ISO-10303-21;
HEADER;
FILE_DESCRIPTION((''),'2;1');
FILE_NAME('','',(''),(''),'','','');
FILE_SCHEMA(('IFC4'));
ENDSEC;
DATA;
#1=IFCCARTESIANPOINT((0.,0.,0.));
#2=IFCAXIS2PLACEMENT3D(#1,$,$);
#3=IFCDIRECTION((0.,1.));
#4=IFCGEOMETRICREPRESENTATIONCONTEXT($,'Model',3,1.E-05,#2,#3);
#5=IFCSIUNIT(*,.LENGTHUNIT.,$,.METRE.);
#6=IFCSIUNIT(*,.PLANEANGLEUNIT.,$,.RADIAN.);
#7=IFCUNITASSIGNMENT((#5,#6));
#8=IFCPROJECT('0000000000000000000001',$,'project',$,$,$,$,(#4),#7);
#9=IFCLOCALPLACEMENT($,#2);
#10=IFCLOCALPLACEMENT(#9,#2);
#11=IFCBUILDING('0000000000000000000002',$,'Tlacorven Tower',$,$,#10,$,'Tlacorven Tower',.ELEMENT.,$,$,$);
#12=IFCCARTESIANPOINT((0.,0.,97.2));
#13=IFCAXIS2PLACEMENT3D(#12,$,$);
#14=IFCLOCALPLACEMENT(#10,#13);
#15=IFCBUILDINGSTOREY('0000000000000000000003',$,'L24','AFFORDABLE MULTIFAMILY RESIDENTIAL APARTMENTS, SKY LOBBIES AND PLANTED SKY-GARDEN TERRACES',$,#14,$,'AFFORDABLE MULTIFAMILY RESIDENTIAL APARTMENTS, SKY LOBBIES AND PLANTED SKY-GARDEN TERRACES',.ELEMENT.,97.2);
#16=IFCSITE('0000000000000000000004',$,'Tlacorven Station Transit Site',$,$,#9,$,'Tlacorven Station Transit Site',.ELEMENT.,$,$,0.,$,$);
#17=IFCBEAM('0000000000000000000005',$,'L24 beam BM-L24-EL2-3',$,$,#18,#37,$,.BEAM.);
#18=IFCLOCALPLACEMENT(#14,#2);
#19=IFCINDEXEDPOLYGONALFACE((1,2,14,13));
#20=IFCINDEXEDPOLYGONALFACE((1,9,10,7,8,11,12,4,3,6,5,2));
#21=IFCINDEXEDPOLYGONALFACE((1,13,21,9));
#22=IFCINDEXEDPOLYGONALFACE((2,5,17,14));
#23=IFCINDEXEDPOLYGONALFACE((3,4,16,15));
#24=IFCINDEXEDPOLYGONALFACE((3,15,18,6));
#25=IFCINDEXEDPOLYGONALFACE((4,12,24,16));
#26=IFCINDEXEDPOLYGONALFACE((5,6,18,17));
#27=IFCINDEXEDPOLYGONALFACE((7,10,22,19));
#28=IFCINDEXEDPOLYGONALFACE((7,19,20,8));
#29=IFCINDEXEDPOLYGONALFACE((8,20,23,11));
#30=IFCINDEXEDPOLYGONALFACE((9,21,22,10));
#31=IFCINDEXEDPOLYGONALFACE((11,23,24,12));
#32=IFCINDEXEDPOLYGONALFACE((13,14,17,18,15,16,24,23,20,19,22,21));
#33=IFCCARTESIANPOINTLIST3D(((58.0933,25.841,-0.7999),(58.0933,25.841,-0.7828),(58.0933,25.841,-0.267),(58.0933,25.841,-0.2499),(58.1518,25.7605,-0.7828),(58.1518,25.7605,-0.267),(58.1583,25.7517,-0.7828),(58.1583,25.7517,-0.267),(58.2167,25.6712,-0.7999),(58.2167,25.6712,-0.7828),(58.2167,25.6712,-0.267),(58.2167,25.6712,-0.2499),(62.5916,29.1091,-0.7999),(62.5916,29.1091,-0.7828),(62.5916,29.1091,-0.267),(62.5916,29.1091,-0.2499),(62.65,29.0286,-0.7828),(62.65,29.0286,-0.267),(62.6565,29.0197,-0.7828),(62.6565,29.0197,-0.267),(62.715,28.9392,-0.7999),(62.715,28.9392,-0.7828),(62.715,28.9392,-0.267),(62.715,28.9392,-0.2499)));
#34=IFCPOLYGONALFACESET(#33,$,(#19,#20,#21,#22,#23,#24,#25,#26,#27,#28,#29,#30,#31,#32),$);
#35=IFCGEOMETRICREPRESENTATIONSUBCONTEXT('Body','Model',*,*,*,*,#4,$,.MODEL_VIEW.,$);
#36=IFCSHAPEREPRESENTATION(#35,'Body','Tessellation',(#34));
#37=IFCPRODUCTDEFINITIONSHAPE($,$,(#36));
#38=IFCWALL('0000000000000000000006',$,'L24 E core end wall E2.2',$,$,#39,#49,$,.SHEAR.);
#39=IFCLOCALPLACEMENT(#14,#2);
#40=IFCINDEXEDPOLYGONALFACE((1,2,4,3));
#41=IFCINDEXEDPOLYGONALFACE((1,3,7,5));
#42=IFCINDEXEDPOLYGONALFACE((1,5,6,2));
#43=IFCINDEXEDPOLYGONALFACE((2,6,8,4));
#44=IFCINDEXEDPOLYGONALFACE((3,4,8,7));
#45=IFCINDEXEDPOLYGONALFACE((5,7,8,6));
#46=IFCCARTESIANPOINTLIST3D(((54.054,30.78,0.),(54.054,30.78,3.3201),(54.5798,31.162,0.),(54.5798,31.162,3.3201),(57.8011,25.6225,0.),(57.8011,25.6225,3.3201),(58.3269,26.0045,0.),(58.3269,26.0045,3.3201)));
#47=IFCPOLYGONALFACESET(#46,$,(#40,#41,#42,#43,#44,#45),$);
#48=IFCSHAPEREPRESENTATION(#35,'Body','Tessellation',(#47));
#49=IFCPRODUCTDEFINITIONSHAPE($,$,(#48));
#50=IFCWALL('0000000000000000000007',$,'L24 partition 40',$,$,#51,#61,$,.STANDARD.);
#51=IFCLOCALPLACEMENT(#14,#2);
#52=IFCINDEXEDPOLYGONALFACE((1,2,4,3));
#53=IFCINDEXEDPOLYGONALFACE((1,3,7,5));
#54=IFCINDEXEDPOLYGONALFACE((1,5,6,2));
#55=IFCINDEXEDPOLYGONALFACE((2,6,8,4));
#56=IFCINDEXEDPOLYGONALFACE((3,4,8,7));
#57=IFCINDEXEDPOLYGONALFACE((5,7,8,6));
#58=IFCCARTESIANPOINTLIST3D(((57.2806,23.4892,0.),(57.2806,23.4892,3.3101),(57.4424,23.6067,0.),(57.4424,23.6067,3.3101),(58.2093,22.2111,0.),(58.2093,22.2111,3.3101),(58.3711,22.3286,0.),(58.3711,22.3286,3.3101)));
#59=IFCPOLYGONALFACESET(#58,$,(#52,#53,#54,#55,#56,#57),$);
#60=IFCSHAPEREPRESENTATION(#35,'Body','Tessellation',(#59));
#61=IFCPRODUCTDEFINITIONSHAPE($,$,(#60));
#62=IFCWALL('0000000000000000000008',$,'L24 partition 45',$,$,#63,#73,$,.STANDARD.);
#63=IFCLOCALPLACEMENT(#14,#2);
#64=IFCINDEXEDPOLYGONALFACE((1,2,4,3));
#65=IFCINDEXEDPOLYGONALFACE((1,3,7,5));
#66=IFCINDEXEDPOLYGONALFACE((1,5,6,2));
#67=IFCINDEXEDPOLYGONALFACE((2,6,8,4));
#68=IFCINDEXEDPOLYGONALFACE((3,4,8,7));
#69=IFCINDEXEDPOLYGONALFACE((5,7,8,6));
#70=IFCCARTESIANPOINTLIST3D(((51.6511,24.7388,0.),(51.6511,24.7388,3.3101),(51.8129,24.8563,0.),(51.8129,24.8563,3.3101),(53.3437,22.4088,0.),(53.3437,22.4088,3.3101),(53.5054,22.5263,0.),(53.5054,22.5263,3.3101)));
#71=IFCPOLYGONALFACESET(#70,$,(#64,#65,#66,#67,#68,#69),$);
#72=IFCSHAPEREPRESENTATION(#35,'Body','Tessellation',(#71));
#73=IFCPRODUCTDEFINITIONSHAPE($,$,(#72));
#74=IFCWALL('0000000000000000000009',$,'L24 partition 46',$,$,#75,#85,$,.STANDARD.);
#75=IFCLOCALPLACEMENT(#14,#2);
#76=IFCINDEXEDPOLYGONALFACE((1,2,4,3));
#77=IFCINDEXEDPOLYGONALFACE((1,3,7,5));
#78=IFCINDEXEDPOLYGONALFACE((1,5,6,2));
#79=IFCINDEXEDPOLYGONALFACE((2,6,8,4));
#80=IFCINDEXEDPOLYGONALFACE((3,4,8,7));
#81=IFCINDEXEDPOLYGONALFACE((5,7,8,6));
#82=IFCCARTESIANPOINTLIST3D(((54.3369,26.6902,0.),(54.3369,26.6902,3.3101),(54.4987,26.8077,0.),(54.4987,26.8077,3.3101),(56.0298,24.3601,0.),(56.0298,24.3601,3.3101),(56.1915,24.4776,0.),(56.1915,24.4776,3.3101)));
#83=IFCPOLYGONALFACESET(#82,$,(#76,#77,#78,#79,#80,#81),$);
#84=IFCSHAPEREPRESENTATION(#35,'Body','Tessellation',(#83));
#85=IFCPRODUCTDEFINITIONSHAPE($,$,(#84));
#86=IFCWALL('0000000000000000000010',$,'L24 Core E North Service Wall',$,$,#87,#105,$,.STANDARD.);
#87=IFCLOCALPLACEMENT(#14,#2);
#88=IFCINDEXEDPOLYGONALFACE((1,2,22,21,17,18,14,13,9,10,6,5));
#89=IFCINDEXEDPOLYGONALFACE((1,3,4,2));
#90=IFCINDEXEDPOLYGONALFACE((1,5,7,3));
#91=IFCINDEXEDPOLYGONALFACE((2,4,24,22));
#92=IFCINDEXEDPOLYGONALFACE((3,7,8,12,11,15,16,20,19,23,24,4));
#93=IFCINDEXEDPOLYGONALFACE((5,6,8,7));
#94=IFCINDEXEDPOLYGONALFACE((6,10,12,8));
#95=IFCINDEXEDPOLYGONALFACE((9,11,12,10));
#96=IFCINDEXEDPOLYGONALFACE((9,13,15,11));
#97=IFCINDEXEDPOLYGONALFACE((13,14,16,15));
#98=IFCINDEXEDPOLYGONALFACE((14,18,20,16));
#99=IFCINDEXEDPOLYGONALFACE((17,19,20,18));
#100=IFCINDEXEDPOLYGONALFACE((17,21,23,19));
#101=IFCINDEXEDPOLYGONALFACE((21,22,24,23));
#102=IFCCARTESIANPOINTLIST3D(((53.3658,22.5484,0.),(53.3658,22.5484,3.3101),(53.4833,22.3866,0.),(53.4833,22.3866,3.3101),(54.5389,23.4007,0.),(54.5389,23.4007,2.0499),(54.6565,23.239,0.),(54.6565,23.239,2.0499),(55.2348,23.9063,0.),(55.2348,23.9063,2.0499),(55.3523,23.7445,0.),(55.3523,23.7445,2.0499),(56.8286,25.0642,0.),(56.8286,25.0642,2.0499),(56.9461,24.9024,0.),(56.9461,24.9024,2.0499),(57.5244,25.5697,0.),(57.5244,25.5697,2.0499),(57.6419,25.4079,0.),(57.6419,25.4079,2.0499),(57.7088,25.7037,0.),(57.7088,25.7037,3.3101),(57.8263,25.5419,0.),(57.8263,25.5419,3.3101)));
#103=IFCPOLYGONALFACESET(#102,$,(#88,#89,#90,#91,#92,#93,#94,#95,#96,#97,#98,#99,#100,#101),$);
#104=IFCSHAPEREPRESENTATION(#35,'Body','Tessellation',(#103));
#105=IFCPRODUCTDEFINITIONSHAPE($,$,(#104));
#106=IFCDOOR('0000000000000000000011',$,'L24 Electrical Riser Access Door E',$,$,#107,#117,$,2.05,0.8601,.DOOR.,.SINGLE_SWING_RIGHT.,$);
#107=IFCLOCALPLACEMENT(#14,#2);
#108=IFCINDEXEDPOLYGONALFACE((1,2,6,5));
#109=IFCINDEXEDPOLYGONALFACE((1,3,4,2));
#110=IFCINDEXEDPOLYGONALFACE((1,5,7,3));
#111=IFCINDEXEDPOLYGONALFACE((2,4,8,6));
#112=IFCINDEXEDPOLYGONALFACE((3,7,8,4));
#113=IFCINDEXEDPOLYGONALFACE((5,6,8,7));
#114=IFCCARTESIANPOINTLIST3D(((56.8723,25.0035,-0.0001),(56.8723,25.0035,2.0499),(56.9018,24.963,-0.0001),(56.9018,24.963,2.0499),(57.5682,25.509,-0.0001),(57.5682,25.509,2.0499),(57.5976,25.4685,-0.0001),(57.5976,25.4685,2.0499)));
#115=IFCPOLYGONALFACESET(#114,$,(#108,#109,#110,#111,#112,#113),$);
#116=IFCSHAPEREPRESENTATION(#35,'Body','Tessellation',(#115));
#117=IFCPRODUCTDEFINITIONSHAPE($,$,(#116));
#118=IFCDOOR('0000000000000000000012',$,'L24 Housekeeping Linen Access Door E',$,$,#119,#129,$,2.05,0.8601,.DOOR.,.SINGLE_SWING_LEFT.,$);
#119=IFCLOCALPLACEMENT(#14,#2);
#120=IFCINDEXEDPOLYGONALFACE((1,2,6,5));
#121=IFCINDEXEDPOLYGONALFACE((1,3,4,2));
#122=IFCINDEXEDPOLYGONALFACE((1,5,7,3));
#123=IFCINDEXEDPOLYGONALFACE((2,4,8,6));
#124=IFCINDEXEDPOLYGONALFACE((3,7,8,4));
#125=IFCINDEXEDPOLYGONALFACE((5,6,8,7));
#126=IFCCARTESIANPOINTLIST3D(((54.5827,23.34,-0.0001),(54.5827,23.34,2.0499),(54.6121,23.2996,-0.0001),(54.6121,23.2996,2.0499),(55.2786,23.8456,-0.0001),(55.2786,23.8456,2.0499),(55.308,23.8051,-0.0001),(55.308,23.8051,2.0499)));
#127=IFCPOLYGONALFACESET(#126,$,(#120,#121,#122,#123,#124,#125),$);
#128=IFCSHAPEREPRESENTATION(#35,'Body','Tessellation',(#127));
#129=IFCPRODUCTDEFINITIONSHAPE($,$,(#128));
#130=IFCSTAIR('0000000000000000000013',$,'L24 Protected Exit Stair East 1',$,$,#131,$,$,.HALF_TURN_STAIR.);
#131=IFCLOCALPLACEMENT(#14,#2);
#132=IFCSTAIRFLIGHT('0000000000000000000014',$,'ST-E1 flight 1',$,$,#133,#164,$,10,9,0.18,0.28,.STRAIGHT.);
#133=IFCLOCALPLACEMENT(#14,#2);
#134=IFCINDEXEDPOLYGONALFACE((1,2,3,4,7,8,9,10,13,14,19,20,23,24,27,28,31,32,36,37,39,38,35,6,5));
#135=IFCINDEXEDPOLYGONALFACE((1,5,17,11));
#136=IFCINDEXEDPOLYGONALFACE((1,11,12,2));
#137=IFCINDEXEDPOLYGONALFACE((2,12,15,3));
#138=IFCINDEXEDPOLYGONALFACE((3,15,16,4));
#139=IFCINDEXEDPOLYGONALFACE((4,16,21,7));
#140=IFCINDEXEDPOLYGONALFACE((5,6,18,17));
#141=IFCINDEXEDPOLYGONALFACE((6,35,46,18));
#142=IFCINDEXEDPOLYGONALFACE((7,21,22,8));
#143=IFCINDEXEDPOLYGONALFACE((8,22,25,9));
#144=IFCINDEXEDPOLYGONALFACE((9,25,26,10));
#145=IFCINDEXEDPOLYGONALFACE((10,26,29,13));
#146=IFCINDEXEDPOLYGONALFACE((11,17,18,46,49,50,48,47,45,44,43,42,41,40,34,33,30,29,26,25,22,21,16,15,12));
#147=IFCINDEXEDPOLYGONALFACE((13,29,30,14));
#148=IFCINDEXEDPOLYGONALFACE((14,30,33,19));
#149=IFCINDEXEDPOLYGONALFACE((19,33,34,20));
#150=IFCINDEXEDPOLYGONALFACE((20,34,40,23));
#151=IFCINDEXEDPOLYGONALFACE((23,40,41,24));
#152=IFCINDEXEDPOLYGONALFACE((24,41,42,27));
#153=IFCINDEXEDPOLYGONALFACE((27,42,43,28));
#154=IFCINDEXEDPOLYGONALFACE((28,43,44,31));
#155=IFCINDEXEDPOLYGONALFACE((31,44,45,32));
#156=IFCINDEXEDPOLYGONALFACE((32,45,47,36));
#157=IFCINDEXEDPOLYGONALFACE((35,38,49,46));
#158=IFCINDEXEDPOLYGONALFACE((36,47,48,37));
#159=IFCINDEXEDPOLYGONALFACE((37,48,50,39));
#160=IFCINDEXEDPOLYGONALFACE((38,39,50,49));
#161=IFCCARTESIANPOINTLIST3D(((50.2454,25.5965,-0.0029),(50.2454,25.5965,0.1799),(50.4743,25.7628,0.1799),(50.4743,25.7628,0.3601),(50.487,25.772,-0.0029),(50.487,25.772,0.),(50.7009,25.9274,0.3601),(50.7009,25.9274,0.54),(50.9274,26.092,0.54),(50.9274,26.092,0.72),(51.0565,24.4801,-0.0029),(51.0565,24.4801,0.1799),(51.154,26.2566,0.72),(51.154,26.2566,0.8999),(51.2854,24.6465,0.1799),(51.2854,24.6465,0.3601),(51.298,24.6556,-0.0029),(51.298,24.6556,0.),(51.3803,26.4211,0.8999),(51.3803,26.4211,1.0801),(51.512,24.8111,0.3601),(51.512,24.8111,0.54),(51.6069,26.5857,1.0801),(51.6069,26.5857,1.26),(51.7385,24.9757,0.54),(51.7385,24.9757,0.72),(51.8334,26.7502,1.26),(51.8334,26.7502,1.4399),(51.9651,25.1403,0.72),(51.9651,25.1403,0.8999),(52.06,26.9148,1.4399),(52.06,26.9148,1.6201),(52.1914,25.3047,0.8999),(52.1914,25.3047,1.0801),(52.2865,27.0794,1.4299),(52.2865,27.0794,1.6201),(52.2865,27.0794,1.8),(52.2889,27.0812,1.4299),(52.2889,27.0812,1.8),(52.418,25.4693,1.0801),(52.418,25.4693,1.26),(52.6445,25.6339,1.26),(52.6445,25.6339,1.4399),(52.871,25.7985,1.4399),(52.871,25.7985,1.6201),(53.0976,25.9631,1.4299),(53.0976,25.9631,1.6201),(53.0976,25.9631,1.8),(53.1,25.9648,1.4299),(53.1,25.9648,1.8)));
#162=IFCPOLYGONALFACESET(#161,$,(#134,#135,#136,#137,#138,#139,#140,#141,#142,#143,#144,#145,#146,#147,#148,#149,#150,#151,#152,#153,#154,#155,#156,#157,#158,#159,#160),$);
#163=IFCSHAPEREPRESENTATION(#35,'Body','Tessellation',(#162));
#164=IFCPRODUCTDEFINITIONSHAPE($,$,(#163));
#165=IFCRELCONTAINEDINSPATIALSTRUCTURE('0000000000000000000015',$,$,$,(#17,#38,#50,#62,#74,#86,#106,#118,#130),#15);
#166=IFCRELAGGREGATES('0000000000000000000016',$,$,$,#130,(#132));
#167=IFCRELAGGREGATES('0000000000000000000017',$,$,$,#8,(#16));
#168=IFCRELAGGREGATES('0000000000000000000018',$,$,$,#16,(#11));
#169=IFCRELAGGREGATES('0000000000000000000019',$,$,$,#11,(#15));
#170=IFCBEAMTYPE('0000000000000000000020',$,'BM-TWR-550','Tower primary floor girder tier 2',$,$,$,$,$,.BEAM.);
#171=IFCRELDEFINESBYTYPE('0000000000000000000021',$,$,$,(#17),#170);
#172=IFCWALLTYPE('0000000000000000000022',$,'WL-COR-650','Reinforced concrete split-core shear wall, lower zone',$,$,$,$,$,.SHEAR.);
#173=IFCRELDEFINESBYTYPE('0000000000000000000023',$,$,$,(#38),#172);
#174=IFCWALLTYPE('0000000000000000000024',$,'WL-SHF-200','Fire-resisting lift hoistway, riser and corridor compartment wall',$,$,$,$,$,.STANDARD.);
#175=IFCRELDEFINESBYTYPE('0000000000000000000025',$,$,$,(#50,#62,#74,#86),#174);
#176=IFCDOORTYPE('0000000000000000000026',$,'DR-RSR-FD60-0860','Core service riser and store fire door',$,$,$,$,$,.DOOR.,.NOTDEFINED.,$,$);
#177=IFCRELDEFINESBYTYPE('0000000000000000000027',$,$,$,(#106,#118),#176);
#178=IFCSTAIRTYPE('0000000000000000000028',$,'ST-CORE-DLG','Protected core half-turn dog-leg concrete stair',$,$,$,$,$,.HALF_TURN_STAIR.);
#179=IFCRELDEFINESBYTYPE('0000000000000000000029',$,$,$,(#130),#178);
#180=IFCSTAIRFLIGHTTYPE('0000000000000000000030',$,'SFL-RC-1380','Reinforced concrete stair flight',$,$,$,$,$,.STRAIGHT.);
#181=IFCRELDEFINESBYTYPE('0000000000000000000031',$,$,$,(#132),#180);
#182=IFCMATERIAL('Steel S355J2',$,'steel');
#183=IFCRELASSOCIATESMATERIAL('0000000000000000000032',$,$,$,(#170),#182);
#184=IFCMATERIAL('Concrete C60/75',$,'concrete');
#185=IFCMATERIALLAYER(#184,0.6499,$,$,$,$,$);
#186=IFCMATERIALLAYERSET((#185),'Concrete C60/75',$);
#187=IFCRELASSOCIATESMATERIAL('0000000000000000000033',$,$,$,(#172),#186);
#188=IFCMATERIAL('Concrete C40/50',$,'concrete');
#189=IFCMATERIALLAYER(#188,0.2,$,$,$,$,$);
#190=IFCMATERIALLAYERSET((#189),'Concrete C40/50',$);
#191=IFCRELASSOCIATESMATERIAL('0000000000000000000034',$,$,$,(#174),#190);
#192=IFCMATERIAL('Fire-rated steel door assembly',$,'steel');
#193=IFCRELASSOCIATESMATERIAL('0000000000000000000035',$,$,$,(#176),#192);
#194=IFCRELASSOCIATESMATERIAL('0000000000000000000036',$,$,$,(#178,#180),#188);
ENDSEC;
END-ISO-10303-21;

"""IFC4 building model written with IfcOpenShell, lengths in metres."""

from ifc_helpers import new_model, si_unit, direction, frame, frame_2d, origin, origin_2d, place, context, subcontext, project, spatial, polyline, rectangle, i_section, outline, extrude, source, transform, mapped, material, layer, layer_set, material_profile, profile_set, type_object, element, fill, aggregate, save


model = new_model("IFC4")

# Units and contexts
model_context = context("Model", 3, precision=1e-05, world=origin(), true_north=direction((0.0, 1.0)))
body_context = subcontext(model_context, "Body", "Model", "MODEL_VIEW")
ifc_project = project(units=[si_unit("LENGTHUNIT", "METRE"), si_unit("PLANEANGLEUNIT", "RADIAN")], contexts=[model_context])

# Site, building, storey
site_placement = place(None, origin())
site = spatial("IfcSite", under=ifc_project, at=site_placement, Name="Tlacorven Station Transit Site", LongName="Tlacorven Station Transit Site", CompositionType="ELEMENT", RefElevation=0.0)
building_placement = place(site_placement, origin())
building = spatial("IfcBuilding", under=site, at=building_placement, Name="Tlacorven Tower", LongName="Tlacorven Tower", CompositionType="ELEMENT")
storey_placement = place(building_placement, frame((0.0, 0.0, 97.2)))
storey = spatial("IfcBuildingStorey", under=building, at=storey_placement, Name="L24", Description="AFFORDABLE MULTIFAMILY RESIDENTIAL APARTMENTS, SKY LOBBIES AND PLANTED SKY-GARDEN TERRACES", LongName="AFFORDABLE MULTIFAMILY RESIDENTIAL APARTMENTS, SKY LOBBIES AND PLANTED SKY-GARDEN TERRACES", CompositionType="ELEMENT", Elevation=97.2)

# Beam
ifc_material_1 = material(Name="Steel S355J2", Category="steel")
ifc_material_profile = material_profile(ifc_material_1, i_section(OverallWidth=0.21, OverallDepth=0.55, WebThickness=0.011, FlangeThickness=0.0171, at=origin_2d()), Name="IPE 550")
ifc_profile_set = profile_set([ifc_material_profile], Name="Steel S355J2")
beam_type = type_object("IfcBeamType", Name="BM-TWR-550", Description="Tower primary floor girder tier 2", PredefinedType="BEAM", material=ifc_profile_set)
shared_shape_1 = source(origin(), body_context, "Body", "SweptSolid", [
    extrude(i_section(OverallWidth=0.21, OverallDepth=0.55, WebThickness=0.011, FlangeThickness=0.0171, at=origin_2d()), origin(), (0.0, 0.0, 1.0), 5.5601),
])
beam_placement = place(storey_placement, frame((58.155, 25.7561, -0.5249), z_axis=(0.809028, 0.58777, 0.0), x_axis=(-0.58777, 0.809028, 0.0)))
element("IfcBeam", 1, at=beam_placement, inside=storey, type_object=beam_type, Name="L24 beam BM-L24-EL2-3", PredefinedType="BEAM", context=body_context, shape_type="MappedRepresentation", body=[
    mapped(shared_shape_1, transform((0.0, 0.0, 0.0), scale=1.0)),
])

# Walls
ifc_material_2 = material(Name="Concrete C60/75", Category="concrete")
ifc_layer_1 = layer(ifc_material_2, 0.6499)
ifc_layer_set_1 = layer_set([ifc_layer_1], Name="Concrete C60/75")
wall_type_1 = type_object("IfcWallType", Name="WL-COR-650", Description="Reinforced concrete split-core shear wall, lower zone", PredefinedType="SHEAR", material=ifc_layer_set_1)
wall_1_placement = place(storey_placement, frame((58.064, 25.8135, 0.0), z_axis=(0.0, 0.0, 1.0), x_axis=(-0.58778, 0.809021, 0.0)))
element("IfcWall", 2, at=wall_1_placement, inside=storey, type_object=wall_type_1, Name="L24 E core end wall E2.2", PredefinedType="SHEAR", context=body_context, shape_type="SweptSolid", body=[
    extrude(rectangle(XDim=6.375, YDim=0.6499, at=frame_2d((3.1875, 0.0))), origin(), (0.0, 0.0, 1.0), 3.3201),
])
ifc_material_3 = material(Name="Concrete C40/50", Category="concrete")
ifc_layer_2 = layer(ifc_material_3, 0.2)
ifc_layer_set_2 = layer_set([ifc_layer_2], Name="Concrete C40/50")
wall_type_2 = type_object("IfcWallType", Name="WL-SHF-200", Description="Fire-resisting lift hoistway, riser and corridor compartment wall", PredefinedType="STANDARD", material=ifc_layer_set_2)
wall_2_placement = place(storey_placement, frame((58.2903, 22.2698, 0.0), z_axis=(0.0, 0.0, 1.0), x_axis=(-0.587841, 0.808977, 0.0)))
element("IfcWall", 3, at=wall_2_placement, inside=storey, type_object=wall_type_2, Name="L24 partition 40", PredefinedType="STANDARD", context=body_context, shape_type="SweptSolid", body=[
    extrude(rectangle(XDim=1.5798, YDim=0.2, at=frame_2d((0.79, 0.0))), origin(), (0.0, 0.0, 1.0), 3.3101),
])
wall_3_placement = place(storey_placement, frame((53.4246, 22.4675, 0.0), z_axis=(0.0, 0.0, 1.0), x_axis=(-0.587723, 0.809062, 0.0)))
element("IfcWall", 4, at=wall_3_placement, inside=storey, type_object=wall_type_2, Name="L24 partition 45", PredefinedType="STANDARD", context=body_context, shape_type="SweptSolid", body=[
    extrude(rectangle(XDim=2.8799, YDim=0.2, at=frame_2d((1.4399, 0.0))), origin(), (0.0, 0.0, 1.0), 3.3101),
])
wall_4_placement = place(storey_placement, frame((56.1106, 24.4189, 0.0), z_axis=(0.0, 0.0, 1.0), x_axis=(-0.587778, 0.809022, 0.0)))
element("IfcWall", 5, at=wall_4_placement, inside=storey, type_object=wall_type_2, Name="L24 partition 46", PredefinedType="STANDARD", context=body_context, shape_type="SweptSolid", body=[
    extrude(rectangle(XDim=2.8801, YDim=0.2, at=frame_2d((1.4399, 0.0))), origin(), (0.0, 0.0, 1.0), 3.3101),
])

# Wall, openings, doors
wall_5_placement = place(storey_placement, frame((53.4246, 22.4675, 0.0), z_axis=(0.0, 0.0, 1.0), x_axis=(0.809027, 0.587771, 0.0)))
wall_5 = element("IfcWall", 6, at=wall_5_placement, inside=storey, type_object=wall_type_2, Name="L24 Core E North Service Wall", PredefinedType="STANDARD", context=body_context, shape_type="SweptSolid", body=[
    extrude(rectangle(XDim=5.3682, YDim=0.2, at=frame_2d((2.6841, 0.0))), origin(), (0.0, 0.0, 1.0), 3.3101),
])
opening_1_placement = place(wall_5_placement, frame((4.28, 0.0, 0.0)))
opening_1 = element("IfcOpeningElement", 7, at=opening_1_placement, cuts=wall_5, PredefinedType="OPENING", context=body_context, shape_type="SweptSolid", body=[
    extrude(rectangle(XDim=0.8601, YDim=2.05, at=frame_2d((0.4302, 1.0249))), frame((0.0, 0.1099, 0.0), z_axis=(0.0, -1.0, 0.0), x_axis=(1.0, 0.0, 0.0)), (0.0, 0.0, 1.0), 0.22),
])
opening_2_placement = place(wall_5_placement, frame((1.45, 0.0, 0.0)))
opening_2 = element("IfcOpeningElement", 8, at=opening_2_placement, cuts=wall_5, PredefinedType="OPENING", context=body_context, shape_type="SweptSolid", body=[
    extrude(rectangle(XDim=0.8601, YDim=2.05, at=frame_2d((0.4302, 1.0249))), frame((0.0, 0.1099, 0.0), z_axis=(0.0, -1.0, 0.0), x_axis=(1.0, 0.0, 0.0)), (0.0, 0.0, 1.0), 0.22),
])
ifc_material_4 = material(Name="Fire-rated steel door assembly", Category="steel")
door_type = type_object("IfcDoorType", Name="DR-RSR-FD60-0860", Description="Core service riser and store fire door", OperationType="NOTDEFINED", PredefinedType="DOOR", material=ifc_material_4)
shared_shape_2 = source(origin(), body_context, "Body", "SweptSolid", [
    extrude(rectangle(XDim=0.8601, YDim=2.05, at=frame_2d((0.4302, 1.0249))), frame((0.0, 0.0249, 0.0), z_axis=(0.0, -1.0, 0.0), x_axis=(1.0, 0.0, 0.0)), (0.0, 0.0, 1.0), 0.05),
])
door_1_placement = place(opening_1_placement, frame((0.8601, 0.0, 0.0), z_axis=(0.0, 0.0, 1.0), x_axis=(-1.0, 0.0, 0.0)))
door_1 = element("IfcDoor", 9, at=door_1_placement, inside=storey, type_object=door_type, Name="L24 Electrical Riser Access Door E", OperationType="SINGLE_SWING_RIGHT", OverallHeight=2.05, OverallWidth=0.8601, PredefinedType="DOOR", context=body_context, shape_type="MappedRepresentation", body=[
    mapped(shared_shape_2, transform((0.0, 0.0, 0.0), scale=1.0)),
])
fill(opening_1, door_1)
door_2_placement = place(opening_2_placement, frame((0.8601, 0.0, 0.0), z_axis=(0.0, 0.0, 1.0), x_axis=(-1.0, 0.0, 0.0)))
door_2 = element("IfcDoor", 10, at=door_2_placement, inside=storey, type_object=door_type, Name="L24 Housekeeping Linen Access Door E", OperationType="SINGLE_SWING_LEFT", OverallHeight=2.05, OverallWidth=0.8601, PredefinedType="DOOR", context=body_context, shape_type="MappedRepresentation", body=[
    mapped(shared_shape_2, transform((0.0, 0.0, 0.0), scale=1.0)),
])
fill(opening_2, door_2)

# Stair, stair flight
stair_type = type_object("IfcStairType", Name="ST-CORE-DLG", Description="Protected core half-turn dog-leg concrete stair", PredefinedType="HALF_TURN_STAIR", material=ifc_material_3)
stair_placement = place(storey_placement, origin())
stair = element("IfcStair", 11, at=stair_placement, inside=storey, type_object=stair_type, Name="L24 Protected Exit Stair East 1", PredefinedType="HALF_TURN_STAIR")
stair_flight_type = type_object("IfcStairFlightType", Name="SFL-RC-1380", Description="Reinforced concrete stair flight", PredefinedType="STRAIGHT", material=ifc_material_3)
shared_shape_3 = source(origin(), body_context, "Body", "SweptSolid", [
    extrude(outline(polyline([(-0.0029, -0.0029), (-0.0029, 0.1799), (0.28, 0.1799), (0.28, 0.3601), (0.5601, 0.3601), (0.5601, 0.54), (0.8401, 0.54), (0.8401, 0.72), (1.1201, 0.72), (1.1201, 0.8999), (1.3999, 0.8999), (1.3999, 1.0801), (1.6799, 1.0801), (1.6799, 1.26), (1.96, 1.26), (1.96, 1.4399), (2.24, 1.4399), (2.24, 1.6201), (2.52, 1.6201), (2.52, 1.8), (2.5229, 1.8), (2.5229, 1.4299), (2.52, 1.4299), (0.2957, 0.0), (0.2957, -0.0029), (-0.0029, -0.0029)])), frame((0.0, 0.6899, 0.0), z_axis=(0.0, -1.0, 0.0), x_axis=(1.0, 0.0, 0.0)), (0.0, 0.0, 1.0), 1.3799),
])
stair_flight_placement = place(storey_placement, frame((50.6533, 25.04, 0.0), z_axis=(0.0, 0.0, 1.0), x_axis=(0.809017, 0.587785, 0.0)))
stair_flight = element("IfcStairFlight", 12, at=stair_flight_placement, type_object=stair_flight_type, Name="ST-E1 flight 1", NumberOfRisers=10, NumberOfTreads=9, PredefinedType="STRAIGHT", RiserHeight=0.18, TreadLength=0.28, context=body_context, shape_type="MappedRepresentation", body=[
    mapped(shared_shape_3, transform((0.0, 0.0, 0.0), scale=1.0)),
])
aggregate(stair, [stair_flight])

save(model, "model.ifc")
